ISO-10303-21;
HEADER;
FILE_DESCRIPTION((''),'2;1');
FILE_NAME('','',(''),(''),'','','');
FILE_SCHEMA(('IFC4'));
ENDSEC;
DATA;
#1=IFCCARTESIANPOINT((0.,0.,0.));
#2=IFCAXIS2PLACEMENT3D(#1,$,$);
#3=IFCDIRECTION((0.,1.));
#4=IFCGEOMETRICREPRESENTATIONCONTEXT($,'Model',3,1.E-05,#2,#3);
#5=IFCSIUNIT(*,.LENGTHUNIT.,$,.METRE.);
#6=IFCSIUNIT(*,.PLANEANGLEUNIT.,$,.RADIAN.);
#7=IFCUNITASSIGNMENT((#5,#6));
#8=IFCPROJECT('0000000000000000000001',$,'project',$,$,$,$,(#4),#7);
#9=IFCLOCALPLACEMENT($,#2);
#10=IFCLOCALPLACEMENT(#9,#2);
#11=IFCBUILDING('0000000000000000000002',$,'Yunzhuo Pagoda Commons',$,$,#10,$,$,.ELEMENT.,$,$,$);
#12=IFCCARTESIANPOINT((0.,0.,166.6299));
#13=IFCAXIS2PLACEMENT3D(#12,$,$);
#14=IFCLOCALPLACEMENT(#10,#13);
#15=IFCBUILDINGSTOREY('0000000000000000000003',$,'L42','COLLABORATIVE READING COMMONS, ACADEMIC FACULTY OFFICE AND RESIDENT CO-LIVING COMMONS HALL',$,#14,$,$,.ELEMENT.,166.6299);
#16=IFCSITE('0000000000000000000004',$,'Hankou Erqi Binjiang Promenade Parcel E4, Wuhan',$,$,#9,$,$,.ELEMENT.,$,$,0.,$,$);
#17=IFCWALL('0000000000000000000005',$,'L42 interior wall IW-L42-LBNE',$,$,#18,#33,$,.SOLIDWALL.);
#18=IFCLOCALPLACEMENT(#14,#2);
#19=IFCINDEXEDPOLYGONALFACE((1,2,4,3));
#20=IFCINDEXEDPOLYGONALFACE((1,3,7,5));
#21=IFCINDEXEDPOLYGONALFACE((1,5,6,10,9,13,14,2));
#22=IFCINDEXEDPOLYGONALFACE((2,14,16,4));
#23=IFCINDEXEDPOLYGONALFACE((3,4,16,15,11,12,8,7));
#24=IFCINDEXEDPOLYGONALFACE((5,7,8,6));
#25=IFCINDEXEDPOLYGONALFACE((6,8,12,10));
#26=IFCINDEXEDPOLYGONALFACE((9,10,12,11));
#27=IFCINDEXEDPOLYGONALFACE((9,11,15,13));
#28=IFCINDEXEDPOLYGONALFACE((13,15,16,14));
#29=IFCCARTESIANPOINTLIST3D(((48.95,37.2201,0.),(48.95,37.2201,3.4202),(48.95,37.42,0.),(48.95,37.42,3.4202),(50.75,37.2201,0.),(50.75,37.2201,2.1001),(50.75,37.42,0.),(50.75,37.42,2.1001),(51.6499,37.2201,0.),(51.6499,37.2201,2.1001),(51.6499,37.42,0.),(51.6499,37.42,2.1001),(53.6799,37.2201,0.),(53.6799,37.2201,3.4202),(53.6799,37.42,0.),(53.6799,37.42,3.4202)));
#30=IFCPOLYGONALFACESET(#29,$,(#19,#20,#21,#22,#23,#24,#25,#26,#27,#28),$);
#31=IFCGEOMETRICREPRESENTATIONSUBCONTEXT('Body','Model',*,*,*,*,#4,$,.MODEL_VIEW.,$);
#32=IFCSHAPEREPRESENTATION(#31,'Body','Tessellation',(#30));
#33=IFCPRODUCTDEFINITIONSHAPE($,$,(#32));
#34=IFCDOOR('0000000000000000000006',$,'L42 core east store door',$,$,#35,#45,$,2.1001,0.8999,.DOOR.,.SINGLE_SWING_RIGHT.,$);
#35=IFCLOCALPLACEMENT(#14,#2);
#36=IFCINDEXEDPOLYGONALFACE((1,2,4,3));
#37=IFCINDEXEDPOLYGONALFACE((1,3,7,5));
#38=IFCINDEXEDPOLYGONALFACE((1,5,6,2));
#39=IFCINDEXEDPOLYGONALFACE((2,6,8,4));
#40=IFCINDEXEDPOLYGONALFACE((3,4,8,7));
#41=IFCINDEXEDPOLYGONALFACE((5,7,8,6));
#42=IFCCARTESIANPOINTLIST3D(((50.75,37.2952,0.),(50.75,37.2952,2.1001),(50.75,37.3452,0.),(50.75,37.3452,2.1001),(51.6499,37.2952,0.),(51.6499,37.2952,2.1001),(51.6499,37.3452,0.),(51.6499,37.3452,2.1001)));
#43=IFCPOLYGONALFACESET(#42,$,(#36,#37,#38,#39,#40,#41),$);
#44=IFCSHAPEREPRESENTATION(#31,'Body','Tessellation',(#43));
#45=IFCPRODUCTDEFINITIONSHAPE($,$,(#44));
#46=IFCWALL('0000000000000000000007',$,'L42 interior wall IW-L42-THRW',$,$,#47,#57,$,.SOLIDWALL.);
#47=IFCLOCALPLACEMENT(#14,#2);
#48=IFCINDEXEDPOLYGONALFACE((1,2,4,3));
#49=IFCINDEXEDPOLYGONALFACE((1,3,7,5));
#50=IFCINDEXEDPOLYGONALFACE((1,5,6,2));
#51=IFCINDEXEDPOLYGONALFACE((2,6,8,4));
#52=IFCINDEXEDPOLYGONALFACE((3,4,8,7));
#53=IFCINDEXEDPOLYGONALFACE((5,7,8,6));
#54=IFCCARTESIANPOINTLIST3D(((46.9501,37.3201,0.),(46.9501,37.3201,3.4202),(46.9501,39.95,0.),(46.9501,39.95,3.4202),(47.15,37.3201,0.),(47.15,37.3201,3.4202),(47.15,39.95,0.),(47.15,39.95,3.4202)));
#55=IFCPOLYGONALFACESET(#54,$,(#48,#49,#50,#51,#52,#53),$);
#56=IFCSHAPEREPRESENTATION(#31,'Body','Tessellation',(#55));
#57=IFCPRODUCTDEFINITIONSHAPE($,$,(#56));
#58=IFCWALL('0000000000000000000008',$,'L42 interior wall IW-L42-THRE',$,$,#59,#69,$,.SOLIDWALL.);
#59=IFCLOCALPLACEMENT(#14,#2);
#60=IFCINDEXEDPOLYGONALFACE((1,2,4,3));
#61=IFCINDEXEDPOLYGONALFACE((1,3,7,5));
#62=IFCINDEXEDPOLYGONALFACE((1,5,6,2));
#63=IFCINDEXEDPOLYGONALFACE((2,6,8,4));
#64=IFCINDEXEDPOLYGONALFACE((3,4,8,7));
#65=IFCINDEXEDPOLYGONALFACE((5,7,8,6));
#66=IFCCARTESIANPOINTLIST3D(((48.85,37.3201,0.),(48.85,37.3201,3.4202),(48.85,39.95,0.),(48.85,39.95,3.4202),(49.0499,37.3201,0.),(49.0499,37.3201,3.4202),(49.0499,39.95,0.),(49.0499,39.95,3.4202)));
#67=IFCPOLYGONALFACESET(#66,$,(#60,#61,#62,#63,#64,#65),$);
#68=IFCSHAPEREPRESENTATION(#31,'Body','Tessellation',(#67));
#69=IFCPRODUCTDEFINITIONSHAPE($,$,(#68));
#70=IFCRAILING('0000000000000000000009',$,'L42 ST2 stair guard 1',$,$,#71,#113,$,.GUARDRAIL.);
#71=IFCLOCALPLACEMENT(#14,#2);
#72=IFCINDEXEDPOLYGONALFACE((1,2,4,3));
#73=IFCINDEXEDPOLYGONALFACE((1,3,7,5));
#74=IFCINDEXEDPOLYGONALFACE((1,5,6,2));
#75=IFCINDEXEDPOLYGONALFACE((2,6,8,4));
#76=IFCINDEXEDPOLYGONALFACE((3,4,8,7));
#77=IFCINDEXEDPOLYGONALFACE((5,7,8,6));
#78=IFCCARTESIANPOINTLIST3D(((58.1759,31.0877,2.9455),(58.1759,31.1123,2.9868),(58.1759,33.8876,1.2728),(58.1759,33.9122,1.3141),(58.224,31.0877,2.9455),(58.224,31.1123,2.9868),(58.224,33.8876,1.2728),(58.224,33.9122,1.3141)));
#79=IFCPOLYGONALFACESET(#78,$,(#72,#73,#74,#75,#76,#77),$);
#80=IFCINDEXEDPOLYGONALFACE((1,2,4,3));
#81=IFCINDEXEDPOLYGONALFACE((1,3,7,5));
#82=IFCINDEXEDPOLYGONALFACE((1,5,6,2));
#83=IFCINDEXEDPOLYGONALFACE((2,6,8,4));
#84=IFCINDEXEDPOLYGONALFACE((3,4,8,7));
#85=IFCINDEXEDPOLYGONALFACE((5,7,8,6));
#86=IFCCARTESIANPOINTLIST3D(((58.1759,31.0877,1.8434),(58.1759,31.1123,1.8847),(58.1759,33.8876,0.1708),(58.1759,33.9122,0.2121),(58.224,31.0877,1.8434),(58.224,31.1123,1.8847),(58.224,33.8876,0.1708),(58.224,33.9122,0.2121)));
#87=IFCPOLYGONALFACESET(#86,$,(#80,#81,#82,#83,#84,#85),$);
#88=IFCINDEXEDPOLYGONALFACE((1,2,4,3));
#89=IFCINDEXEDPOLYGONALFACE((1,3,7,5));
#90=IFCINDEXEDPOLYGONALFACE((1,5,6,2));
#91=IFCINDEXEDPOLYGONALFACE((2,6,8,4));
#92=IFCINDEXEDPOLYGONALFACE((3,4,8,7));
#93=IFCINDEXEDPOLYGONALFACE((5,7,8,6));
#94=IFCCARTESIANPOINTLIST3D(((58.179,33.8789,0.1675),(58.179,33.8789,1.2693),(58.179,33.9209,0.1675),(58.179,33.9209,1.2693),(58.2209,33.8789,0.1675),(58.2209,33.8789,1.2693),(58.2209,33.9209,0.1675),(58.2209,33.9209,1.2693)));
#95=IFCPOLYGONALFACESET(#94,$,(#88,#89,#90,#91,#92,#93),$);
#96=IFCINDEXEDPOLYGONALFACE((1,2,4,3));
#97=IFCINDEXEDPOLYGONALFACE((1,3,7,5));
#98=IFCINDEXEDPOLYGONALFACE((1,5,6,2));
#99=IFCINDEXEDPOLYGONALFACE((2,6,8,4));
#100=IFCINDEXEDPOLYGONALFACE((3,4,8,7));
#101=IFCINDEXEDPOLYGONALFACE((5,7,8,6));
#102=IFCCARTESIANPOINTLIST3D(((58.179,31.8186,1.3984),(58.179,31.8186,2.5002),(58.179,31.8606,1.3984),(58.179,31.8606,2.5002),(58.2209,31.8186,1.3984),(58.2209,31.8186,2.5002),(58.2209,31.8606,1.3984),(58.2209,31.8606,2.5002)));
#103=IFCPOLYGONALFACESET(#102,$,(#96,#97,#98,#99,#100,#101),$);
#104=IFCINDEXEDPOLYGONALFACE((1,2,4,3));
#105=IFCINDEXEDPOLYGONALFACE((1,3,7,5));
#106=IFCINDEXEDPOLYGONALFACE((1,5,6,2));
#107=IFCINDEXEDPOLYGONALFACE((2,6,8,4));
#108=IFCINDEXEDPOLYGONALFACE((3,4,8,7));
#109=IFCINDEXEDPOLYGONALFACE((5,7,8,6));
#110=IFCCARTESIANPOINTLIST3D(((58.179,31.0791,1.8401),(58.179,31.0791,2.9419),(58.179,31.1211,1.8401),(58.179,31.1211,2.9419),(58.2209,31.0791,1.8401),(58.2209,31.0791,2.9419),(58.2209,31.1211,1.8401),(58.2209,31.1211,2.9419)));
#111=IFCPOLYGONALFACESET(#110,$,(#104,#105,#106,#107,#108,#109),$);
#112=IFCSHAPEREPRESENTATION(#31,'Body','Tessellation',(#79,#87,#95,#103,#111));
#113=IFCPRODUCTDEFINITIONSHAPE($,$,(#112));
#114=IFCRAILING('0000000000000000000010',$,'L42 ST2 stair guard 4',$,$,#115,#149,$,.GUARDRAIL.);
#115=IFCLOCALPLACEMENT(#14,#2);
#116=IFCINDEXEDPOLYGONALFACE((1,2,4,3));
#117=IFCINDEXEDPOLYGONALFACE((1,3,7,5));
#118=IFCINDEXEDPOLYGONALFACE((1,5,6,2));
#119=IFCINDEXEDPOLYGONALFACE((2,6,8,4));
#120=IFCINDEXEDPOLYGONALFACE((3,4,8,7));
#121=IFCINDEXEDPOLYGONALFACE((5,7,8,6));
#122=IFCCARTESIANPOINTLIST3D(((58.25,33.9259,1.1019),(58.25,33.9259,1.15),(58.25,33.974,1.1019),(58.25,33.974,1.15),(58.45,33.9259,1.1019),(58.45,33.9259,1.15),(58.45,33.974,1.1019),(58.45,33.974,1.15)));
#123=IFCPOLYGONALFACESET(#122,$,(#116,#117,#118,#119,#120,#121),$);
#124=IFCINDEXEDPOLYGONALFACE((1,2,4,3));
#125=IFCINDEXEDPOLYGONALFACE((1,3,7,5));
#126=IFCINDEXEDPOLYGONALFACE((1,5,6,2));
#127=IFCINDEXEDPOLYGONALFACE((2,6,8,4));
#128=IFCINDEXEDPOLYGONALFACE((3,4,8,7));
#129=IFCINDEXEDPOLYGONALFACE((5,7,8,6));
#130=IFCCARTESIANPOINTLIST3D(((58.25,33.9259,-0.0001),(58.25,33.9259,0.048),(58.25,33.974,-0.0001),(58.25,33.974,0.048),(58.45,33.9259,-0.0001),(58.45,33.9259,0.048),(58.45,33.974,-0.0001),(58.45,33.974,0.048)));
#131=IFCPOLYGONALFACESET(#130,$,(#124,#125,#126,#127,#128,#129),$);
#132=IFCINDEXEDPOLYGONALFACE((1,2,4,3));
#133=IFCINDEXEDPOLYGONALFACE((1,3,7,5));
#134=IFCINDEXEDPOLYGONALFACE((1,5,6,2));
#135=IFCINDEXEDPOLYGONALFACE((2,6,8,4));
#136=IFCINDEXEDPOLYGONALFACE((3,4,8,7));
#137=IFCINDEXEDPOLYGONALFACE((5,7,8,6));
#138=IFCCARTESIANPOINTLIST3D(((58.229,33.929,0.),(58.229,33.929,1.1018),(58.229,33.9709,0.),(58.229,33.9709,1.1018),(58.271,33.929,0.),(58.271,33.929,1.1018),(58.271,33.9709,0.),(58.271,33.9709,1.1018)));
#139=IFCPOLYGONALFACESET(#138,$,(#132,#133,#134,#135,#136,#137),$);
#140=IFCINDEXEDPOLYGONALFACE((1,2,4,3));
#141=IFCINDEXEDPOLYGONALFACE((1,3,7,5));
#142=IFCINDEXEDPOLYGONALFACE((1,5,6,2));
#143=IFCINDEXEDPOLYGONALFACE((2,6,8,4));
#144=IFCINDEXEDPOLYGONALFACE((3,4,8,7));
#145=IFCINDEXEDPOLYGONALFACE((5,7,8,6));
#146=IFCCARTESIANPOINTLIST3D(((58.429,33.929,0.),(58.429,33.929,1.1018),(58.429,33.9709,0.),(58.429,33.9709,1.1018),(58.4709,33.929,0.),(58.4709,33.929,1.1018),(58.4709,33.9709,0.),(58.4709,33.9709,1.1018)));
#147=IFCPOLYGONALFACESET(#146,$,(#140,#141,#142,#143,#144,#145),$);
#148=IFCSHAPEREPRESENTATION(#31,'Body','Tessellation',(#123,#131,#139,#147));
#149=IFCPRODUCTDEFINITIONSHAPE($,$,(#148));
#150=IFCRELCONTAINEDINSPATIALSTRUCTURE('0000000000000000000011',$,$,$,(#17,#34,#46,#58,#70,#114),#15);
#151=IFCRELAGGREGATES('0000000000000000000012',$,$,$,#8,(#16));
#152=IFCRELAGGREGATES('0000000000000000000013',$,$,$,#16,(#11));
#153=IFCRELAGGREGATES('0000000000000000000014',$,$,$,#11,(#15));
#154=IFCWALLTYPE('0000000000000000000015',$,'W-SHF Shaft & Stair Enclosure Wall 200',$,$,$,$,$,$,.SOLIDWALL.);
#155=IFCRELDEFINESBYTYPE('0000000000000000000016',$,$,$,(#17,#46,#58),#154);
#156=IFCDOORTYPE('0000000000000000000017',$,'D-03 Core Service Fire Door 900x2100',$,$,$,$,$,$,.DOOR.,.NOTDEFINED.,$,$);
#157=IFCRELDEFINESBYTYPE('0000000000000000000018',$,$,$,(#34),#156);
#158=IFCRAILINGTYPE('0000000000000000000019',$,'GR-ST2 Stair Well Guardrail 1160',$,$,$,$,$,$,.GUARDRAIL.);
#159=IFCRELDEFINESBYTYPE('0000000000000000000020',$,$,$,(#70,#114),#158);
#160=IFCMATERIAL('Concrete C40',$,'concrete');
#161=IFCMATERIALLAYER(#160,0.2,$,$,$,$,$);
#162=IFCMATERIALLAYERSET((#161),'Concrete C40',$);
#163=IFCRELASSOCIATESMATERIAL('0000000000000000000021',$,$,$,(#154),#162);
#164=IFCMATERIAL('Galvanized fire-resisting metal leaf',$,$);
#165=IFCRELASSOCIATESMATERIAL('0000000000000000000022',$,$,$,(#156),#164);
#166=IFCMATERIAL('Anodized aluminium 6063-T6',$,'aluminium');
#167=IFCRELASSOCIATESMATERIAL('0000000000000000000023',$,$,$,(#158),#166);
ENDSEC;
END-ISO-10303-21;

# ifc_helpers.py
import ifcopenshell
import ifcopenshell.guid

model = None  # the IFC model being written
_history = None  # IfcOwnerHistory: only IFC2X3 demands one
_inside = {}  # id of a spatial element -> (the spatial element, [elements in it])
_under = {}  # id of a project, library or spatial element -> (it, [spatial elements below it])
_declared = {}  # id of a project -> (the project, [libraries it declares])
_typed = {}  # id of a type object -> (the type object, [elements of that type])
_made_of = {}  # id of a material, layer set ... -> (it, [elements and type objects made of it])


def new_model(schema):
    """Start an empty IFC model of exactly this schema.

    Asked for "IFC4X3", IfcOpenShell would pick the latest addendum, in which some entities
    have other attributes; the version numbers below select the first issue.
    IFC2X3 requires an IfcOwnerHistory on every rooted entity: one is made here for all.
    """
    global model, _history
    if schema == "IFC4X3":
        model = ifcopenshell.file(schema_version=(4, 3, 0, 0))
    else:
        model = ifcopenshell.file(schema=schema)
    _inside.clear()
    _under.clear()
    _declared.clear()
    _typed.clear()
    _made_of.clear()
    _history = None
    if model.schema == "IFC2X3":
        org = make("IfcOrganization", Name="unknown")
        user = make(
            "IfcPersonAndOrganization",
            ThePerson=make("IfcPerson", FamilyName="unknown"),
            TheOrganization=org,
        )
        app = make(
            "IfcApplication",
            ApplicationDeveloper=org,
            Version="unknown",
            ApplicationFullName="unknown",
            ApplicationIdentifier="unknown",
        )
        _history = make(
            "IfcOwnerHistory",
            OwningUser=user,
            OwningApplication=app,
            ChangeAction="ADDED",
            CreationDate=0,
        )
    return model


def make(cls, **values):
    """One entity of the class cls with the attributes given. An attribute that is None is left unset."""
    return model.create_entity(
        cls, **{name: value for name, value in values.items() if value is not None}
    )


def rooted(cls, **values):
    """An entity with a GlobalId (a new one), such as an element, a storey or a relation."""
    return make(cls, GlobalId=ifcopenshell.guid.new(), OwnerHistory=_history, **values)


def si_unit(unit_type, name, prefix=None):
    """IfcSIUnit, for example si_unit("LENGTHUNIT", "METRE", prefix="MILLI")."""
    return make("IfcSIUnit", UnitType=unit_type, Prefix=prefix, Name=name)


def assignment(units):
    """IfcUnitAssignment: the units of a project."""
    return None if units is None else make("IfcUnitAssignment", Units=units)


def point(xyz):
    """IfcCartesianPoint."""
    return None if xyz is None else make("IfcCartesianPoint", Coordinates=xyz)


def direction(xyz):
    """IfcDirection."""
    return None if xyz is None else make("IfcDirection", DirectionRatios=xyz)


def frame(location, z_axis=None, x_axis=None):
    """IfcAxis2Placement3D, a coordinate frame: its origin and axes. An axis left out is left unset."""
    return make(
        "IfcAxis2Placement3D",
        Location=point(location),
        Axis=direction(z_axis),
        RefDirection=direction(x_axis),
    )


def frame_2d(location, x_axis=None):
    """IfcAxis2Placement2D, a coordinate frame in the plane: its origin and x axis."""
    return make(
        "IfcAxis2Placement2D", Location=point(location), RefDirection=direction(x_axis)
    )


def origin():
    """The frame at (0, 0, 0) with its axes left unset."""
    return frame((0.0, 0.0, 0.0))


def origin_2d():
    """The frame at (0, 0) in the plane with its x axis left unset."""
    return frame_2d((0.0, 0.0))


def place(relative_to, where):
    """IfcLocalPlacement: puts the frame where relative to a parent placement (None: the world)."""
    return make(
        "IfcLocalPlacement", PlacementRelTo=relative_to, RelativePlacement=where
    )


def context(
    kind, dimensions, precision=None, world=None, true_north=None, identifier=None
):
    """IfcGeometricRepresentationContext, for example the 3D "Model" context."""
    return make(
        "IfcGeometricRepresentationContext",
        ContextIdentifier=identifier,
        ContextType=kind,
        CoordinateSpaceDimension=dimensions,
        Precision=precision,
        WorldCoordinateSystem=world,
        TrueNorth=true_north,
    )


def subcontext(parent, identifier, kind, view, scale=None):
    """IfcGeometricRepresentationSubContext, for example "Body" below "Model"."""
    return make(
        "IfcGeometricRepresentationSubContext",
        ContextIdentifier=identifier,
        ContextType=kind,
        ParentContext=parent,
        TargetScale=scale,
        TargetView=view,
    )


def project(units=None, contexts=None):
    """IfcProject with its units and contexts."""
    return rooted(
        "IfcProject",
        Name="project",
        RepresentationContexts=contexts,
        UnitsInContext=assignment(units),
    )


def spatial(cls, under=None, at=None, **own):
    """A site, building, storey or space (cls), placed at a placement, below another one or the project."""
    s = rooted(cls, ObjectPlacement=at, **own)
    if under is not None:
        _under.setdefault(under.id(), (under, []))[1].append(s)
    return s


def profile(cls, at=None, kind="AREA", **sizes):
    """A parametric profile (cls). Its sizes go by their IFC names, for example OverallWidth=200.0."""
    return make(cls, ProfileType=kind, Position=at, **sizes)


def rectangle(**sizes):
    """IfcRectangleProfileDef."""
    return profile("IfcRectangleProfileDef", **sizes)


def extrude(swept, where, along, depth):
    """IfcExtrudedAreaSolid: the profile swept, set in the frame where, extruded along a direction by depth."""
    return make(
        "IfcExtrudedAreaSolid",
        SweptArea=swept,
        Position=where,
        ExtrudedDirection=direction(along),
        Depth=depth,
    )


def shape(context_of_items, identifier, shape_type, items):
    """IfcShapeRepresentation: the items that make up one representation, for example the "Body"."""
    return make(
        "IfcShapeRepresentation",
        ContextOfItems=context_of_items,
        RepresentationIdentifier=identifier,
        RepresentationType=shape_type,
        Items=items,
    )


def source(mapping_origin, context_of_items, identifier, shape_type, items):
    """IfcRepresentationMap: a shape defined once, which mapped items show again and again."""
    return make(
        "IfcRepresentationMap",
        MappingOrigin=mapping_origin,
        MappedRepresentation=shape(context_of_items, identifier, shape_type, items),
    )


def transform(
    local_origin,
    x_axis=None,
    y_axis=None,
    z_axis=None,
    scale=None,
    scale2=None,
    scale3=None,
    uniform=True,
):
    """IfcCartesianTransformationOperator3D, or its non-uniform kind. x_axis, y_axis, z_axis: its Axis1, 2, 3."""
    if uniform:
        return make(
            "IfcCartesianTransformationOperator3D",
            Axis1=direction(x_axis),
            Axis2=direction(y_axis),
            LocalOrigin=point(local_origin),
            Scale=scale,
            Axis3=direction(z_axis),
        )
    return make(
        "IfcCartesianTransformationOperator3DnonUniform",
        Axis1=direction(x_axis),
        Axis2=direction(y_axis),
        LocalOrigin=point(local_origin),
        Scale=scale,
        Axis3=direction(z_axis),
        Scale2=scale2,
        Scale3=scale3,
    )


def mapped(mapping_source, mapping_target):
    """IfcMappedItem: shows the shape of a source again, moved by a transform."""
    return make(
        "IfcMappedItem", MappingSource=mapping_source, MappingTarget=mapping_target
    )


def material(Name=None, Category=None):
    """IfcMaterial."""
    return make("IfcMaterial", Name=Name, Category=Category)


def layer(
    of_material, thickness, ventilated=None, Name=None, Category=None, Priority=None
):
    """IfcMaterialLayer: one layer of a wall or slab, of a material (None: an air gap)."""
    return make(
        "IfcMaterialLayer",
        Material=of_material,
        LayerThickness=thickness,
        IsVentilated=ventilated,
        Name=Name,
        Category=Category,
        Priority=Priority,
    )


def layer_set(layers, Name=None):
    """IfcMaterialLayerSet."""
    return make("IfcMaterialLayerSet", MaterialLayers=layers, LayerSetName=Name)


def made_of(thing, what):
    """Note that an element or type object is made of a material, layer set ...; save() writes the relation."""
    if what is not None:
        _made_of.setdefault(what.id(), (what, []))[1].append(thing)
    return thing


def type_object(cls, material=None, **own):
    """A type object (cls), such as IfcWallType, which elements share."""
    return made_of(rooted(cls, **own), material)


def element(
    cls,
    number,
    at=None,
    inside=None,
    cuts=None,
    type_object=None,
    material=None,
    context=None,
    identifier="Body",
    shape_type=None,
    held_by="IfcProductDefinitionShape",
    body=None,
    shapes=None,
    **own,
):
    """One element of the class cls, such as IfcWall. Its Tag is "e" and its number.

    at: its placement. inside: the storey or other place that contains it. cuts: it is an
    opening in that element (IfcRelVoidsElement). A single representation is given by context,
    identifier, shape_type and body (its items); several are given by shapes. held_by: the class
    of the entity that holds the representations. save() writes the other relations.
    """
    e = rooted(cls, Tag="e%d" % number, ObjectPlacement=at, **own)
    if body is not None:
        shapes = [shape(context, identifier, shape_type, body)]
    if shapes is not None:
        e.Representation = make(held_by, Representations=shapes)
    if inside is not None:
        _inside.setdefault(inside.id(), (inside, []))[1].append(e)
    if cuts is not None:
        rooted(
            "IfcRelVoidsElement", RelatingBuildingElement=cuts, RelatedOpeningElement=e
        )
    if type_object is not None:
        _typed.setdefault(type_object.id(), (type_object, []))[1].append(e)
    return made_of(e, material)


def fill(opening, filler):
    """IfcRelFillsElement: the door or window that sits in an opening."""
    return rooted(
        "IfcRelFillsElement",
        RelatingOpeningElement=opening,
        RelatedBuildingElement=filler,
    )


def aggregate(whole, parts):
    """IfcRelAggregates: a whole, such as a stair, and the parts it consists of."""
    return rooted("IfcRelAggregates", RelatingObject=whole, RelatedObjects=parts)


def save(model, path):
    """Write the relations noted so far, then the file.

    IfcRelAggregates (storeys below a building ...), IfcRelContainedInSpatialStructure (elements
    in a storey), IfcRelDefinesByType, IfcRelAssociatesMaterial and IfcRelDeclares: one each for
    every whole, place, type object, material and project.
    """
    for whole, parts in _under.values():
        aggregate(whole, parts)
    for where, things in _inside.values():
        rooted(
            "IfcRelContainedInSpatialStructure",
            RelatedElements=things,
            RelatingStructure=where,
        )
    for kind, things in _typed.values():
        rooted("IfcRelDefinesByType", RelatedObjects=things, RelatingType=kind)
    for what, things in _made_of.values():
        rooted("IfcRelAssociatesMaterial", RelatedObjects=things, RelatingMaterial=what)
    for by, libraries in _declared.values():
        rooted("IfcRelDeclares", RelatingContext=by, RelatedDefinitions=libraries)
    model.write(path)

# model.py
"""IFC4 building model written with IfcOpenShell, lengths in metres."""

from ifc_helpers import new_model, si_unit, direction, frame, frame_2d, origin, origin_2d, place, context, subcontext, project, spatial, rectangle, extrude, source, transform, mapped, material, layer, layer_set, type_object, element, fill, save


model = new_model("IFC4")

# Units and contexts
model_context = context("Model", 3, precision=1e-05, world=origin(), true_north=direction((0.0, 1.0)))
body_context = subcontext(model_context, "Body", "Model", "MODEL_VIEW")
ifc_project = project(units=[si_unit("LENGTHUNIT", "METRE"), si_unit("PLANEANGLEUNIT", "RADIAN")], contexts=[model_context])

# Site, building, storey
site_placement = place(None, origin())
site = spatial("IfcSite", under=ifc_project, at=site_placement, Name="Hankou Erqi Binjiang Promenade Parcel E4, Wuhan", CompositionType="ELEMENT", RefElevation=0.0)
building_placement = place(site_placement, origin())
building = spatial("IfcBuilding", under=site, at=building_placement, Name="Yunzhuo Pagoda Commons", CompositionType="ELEMENT")
storey_placement = place(building_placement, frame((0.0, 0.0, 166.6299)))
storey = spatial("IfcBuildingStorey", under=building, at=storey_placement, Name="L42", Description="COLLABORATIVE READING COMMONS, ACADEMIC FACULTY OFFICE AND RESIDENT CO-LIVING COMMONS HALL", CompositionType="ELEMENT", Elevation=166.6299)

# Shared definitions
ifc_material_1 = material(Name="Galvanized fire-resisting metal leaf")

# Shared definitions
ifc_material_2 = material(Name="Concrete C40", Category="concrete")
ifc_layer_1 = layer(ifc_material_2, 0.2)
ifc_layer_set_1 = layer_set([ifc_layer_1], Name="Concrete C40")
wall_type_1 = type_object("IfcWallType", Name="W-SHF Shaft & Stair Enclosure Wall 200", PredefinedType="SOLIDWALL", material=ifc_layer_set_1)

# Wall, opening, door
wall_1_placement = place(storey_placement, frame((48.95, 37.3201, 0.0), z_axis=(0.0, 0.0, 1.0), x_axis=(1.0, 0.0, 0.0)))
wall_1 = element("IfcWall", 1, at=wall_1_placement, inside=storey, type_object=wall_type_1, Name="L42 interior wall IW-L42-LBNE", PredefinedType="SOLIDWALL", context=body_context, shape_type="SweptSolid", body=[
    extrude(rectangle(XDim=4.73, YDim=0.2, at=frame_2d((2.365, 0.0))), origin(), (0.0, 0.0, 1.0), 3.4202),
])
opening_1_placement = place(wall_1_placement, frame((1.8, 0.0, 0.0)))
opening_1 = element("IfcOpeningElement", 2, at=opening_1_placement, cuts=wall_1, PredefinedType="OPENING", context=body_context, shape_type="SweptSolid", body=[
    extrude(rectangle(XDim=0.8999, YDim=2.1001, at=frame_2d((0.45, 1.05))), frame((0.0, 0.1099, 0.0), z_axis=(0.0, -1.0, 0.0), x_axis=(1.0, 0.0, 0.0)), (0.0, 0.0, 1.0), 0.22),
])
door_type_1 = type_object("IfcDoorType", Name="D-03 Core Service Fire Door 900x2100", OperationType="NOTDEFINED", PredefinedType="DOOR", material=ifc_material_1)
shared_shape_1 = source(origin(), body_context, "Body", "SweptSolid", [
    extrude(rectangle(XDim=0.8999, YDim=2.1001, at=frame_2d((0.45, 1.05))), frame((0.0, 0.0249, 0.0), z_axis=(0.0, -1.0, 0.0), x_axis=(1.0, 0.0, 0.0)), (0.0, 0.0, 1.0), 0.05),
])
door_1_placement = place(opening_1_placement, frame((0.8999, 0.0, 0.0), z_axis=(0.0, 0.0, 1.0), x_axis=(-1.0, 0.0, 0.0)))
door_1 = element("IfcDoor", 3, at=door_1_placement, inside=storey, type_object=door_type_1, Name="L42 core east store door", OperationType="SINGLE_SWING_RIGHT", OverallHeight=2.1001, OverallWidth=0.8999, PredefinedType="DOOR", context=body_context, shape_type="MappedRepresentation", body=[
    mapped(shared_shape_1, transform((0.0, 0.0, 0.0), scale=1.0)),
])
fill(opening_1, door_1)

# Walls
for number, where, z_axis, x_axis, name in (
    (4, (47.05, 37.3201, 0.0), (0.0, 0.0, 1.0), (0.0, 1.0, 0.0), "L42 interior wall IW-L42-THRW"),
    (5, (48.95, 37.3201, 0.0), (0.0, 0.0, 1.0), (0.0, 1.0, 0.0), "L42 interior wall IW-L42-THRE"),
):
    element("IfcWall", number, at=place(storey_placement, frame(where, z_axis=z_axis, x_axis=x_axis)), inside=storey, type_object=wall_type_1, Name=name, PredefinedType="SOLIDWALL", context=body_context, shape_type="SweptSolid", body=[
        extrude(rectangle(XDim=2.6299, YDim=0.2, at=frame_2d((1.3149, 0.0))), origin(), (0.0, 0.0, 1.0), 3.4202),
    ])

# Railings
ifc_material_3 = material(Name="Anodized aluminium 6063-T6", Category="aluminium")
railing_type = type_object("IfcRailingType", Name="GR-ST2 Stair Well Guardrail 1160", PredefinedType="GUARDRAIL", material=ifc_material_3)
railing_1_placement = place(storey_placement, frame((58.2, 33.8999, 0.1675)))
element("IfcRailing", 6, at=railing_1_placement, inside=storey, type_object=railing_type, Name="L42 ST2 stair guard 1", PredefinedType="GUARDRAIL", context=body_context, shape_type="SweptSolid", body=[
    extrude(rectangle(XDim=0.0481, YDim=0.0481, at=origin_2d()), frame((0.0, 0.0, 1.126), z_axis=(0.0, -0.858476, 0.512855), x_axis=(1.0, 0.0, 0.0)), (0.0, 0.0, 1.0), 3.2615),
    extrude(rectangle(XDim=0.0481, YDim=0.0481, at=origin_2d()), frame((0.0, 0.0, 0.0239), z_axis=(0.0, -0.858476, 0.512855), x_axis=(1.0, 0.0, 0.0)), (0.0, 0.0, 1.0), 3.2615),
    extrude(rectangle(XDim=0.042, YDim=0.042, at=origin_2d()), origin(), (0.0, 0.0, 1.0), 1.1018),
    extrude(rectangle(XDim=0.042, YDim=0.042, at=origin_2d()), frame((0.0, -2.0603, 1.231)), (0.0, 0.0, 1.0), 1.1018),
    extrude(rectangle(XDim=0.042, YDim=0.042, at=origin_2d()), frame((0.0, -2.7998, 1.6726)), (0.0, 0.0, 1.0), 1.1018),
])
railing_2_placement = place(storey_placement, frame((58.25, 33.95, 0.0)))
element("IfcRailing", 7, at=railing_2_placement, inside=storey, type_object=railing_type, Name="L42 ST2 stair guard 4", PredefinedType="GUARDRAIL", context=body_context, shape_type="SweptSolid", body=[
    extrude(rectangle(XDim=0.0481, YDim=0.0481, at=origin_2d()), frame((0.0, 0.0, 1.126), z_axis=(1.0, 0.0, 0.0), x_axis=(0.0, 1.0, 0.0)), (0.0, 0.0, 1.0), 0.2),
    extrude(rectangle(XDim=0.0481, YDim=0.0481, at=origin_2d()), frame((0.0, 0.0, 0.0239), z_axis=(1.0, 0.0, 0.0), x_axis=(0.0, 1.0, 0.0)), (0.0, 0.0, 1.0), 0.2),
    extrude(rectangle(XDim=0.042, YDim=0.042, at=origin_2d()), origin(), (0.0, 0.0, 1.0), 1.1018),
    extrude(rectangle(XDim=0.042, YDim=0.042, at=origin_2d()), frame((0.2, 0.0, 0.0)), (0.0, 0.0, 1.0), 1.1018),
])

save(model, "model.ifc")
